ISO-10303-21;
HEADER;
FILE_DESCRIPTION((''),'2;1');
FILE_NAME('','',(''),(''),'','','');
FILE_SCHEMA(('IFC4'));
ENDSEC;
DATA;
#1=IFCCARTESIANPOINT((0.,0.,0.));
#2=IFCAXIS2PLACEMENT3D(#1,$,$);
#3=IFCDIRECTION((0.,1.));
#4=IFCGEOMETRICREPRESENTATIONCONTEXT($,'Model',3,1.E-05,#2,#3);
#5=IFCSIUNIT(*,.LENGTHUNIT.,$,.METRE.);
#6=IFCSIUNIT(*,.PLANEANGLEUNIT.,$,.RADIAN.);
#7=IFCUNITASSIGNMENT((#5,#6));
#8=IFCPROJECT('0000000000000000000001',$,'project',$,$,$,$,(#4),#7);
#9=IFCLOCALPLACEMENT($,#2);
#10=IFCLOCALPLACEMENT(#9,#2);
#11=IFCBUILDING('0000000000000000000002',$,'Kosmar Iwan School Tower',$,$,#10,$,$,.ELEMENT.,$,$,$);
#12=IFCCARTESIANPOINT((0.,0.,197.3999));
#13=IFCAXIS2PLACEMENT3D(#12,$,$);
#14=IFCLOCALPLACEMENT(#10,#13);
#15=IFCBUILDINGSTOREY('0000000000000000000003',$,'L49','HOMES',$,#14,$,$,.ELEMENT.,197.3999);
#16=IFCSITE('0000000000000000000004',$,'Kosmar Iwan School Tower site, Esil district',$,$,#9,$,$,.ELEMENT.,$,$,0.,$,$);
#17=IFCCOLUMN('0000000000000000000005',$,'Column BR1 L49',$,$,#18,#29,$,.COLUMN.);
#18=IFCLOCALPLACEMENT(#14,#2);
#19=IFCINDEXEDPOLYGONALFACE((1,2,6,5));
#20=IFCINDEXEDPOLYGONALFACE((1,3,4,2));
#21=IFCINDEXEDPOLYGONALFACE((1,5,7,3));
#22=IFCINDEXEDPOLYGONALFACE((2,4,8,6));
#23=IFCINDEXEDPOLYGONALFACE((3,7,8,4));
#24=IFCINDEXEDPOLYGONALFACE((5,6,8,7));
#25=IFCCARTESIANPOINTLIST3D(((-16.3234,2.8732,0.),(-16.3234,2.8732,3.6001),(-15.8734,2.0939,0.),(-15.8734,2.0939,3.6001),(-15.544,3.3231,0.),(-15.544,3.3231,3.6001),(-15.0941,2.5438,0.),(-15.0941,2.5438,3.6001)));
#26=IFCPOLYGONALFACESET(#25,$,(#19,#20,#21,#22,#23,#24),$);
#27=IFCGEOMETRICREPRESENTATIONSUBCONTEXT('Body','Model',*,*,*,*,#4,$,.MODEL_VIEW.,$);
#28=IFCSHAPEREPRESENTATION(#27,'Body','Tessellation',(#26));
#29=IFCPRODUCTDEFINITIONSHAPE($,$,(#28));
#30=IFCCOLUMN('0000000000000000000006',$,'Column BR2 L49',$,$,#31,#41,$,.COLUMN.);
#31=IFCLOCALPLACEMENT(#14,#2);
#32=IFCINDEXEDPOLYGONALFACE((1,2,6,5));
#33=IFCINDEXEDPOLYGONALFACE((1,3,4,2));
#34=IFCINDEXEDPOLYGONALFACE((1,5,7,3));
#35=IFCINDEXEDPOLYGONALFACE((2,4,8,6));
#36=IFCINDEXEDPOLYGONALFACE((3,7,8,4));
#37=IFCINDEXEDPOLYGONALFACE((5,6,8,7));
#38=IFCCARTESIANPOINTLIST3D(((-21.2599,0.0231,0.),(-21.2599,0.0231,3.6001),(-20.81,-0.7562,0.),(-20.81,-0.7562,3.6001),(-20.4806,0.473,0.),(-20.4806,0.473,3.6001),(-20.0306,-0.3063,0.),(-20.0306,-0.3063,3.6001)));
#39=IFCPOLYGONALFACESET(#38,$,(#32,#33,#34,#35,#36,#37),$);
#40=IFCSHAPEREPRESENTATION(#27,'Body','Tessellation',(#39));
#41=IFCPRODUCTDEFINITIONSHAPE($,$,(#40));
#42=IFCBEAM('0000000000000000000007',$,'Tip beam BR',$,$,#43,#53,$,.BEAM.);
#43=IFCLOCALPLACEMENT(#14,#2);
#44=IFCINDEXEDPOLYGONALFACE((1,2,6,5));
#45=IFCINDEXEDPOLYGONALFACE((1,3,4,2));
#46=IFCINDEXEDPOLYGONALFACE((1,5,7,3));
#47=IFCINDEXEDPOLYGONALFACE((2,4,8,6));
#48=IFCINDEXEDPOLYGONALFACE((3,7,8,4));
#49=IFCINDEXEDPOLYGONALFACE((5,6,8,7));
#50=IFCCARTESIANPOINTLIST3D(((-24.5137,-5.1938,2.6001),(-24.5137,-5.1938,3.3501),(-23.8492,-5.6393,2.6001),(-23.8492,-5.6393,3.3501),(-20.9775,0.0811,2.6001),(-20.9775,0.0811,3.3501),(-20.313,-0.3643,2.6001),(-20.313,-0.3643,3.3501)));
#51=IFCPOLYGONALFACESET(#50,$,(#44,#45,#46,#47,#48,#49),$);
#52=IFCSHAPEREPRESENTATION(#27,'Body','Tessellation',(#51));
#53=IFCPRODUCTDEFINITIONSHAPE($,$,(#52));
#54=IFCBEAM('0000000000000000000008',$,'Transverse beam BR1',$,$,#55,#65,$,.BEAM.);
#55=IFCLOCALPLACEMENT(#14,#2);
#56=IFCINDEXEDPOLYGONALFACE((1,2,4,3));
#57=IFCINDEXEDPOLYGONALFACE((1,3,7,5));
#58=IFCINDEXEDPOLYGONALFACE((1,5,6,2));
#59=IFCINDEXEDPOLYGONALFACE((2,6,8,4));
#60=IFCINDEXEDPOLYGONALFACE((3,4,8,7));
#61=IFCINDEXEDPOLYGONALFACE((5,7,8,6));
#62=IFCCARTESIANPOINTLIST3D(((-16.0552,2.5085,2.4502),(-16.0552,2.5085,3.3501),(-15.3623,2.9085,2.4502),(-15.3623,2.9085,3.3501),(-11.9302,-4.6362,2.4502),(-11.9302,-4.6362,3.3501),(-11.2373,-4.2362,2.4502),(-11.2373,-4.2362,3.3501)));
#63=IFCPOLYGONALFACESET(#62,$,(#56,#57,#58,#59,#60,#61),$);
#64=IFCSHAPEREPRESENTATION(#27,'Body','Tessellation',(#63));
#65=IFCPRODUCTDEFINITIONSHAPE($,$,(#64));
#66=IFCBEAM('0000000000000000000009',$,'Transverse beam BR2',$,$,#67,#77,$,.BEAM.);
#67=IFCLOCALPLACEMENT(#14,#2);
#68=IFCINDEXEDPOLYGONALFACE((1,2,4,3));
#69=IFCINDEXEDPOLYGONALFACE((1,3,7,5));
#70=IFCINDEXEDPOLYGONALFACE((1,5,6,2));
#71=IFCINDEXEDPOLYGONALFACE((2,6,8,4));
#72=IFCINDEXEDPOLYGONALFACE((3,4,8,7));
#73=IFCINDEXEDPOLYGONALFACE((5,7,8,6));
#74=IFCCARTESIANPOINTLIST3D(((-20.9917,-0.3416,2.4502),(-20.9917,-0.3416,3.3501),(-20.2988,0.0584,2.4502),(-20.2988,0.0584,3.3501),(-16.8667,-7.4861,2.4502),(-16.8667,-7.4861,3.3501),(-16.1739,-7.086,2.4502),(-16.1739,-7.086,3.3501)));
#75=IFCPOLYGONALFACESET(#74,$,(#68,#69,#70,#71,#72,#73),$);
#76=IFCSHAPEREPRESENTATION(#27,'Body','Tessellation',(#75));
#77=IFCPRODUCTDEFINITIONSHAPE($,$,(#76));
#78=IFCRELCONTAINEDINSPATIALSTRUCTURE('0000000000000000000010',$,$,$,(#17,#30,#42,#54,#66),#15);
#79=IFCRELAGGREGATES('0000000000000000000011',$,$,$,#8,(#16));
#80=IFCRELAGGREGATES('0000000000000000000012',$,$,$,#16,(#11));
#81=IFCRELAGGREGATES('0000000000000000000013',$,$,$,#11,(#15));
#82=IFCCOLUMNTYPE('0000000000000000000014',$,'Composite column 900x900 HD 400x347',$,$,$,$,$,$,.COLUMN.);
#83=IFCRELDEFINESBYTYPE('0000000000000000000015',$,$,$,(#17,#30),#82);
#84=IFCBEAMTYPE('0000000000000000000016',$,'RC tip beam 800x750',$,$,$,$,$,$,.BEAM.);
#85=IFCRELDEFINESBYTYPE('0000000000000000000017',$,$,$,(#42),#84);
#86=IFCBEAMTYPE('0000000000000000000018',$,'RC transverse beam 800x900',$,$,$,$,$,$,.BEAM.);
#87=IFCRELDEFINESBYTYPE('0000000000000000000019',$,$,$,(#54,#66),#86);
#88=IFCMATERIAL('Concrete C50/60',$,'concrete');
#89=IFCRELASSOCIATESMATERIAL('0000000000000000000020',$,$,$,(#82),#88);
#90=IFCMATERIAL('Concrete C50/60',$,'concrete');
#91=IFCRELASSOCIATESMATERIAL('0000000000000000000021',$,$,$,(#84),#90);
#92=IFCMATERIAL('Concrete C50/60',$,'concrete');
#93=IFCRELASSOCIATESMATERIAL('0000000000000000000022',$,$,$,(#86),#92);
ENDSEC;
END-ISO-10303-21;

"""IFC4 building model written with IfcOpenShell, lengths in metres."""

from ifc_helpers import new_model, si_unit, direction, frame, origin, origin_2d, place, context, subcontext, project, spatial, rectangle, extrude, material, material_profile, profile_set, type_object, element, save


model = new_model("IFC4")

# Units and contexts
model_context = context("Model", 3, precision=1e-05, world=origin(), true_north=direction((0.0, 1.0)))
body_context = subcontext(model_context, "Body", "Model", "MODEL_VIEW")
ifc_project = project(units=[si_unit("LENGTHUNIT", "METRE"), si_unit("PLANEANGLEUNIT", "RADIAN")], contexts=[model_context])

# Site, building, storey
site_placement = place(None, origin())
site = spatial("IfcSite", under=ifc_project, at=site_placement, Name="Kosmar Iwan School Tower site, Esil district", CompositionType="ELEMENT", RefElevation=0.0)
building_placement = place(site_placement, origin())
building = spatial("IfcBuilding", under=site, at=building_placement, Name="Kosmar Iwan School Tower", CompositionType="ELEMENT")
storey_placement = place(building_placement, frame((0.0, 0.0, 197.3999)))
storey = spatial("IfcBuildingStorey", under=building, at=storey_placement, Name="L49", Description="HOMES", CompositionType="ELEMENT", Elevation=197.3999)

# Columns
ifc_material_1 = material(Name="Concrete C50/60", Category="concrete")
ifc_material_profile_1 = material_profile(ifc_material_1, rectangle(XDim=0.8999, YDim=0.8999, at=origin_2d()), Name="RC 900x900 + HD 400x347")
ifc_profile_set_1 = profile_set([ifc_material_profile_1], Name="Concrete C50/60")
column_type = type_object("IfcColumnType", Name="Composite column 900x900 HD 400x347", PredefinedType="COLUMN", material=ifc_profile_set_1)
for number, where, z_axis, x_axis, name in (
    (1, (-15.7087, 2.7085, 0.0), (0.0, 0.0, 1.0), (-0.866025, -0.5, 0.0), "Column BR1 L49"),
    (2, (-20.6453, -0.1416, 0.0), (0.0, 0.0, 1.0), (-0.866025, -0.5, 0.0), "Column BR2 L49"),
):
    element("IfcColumn", number, at=place(storey_placement, frame(where, z_axis=z_axis, x_axis=x_axis)), inside=storey, type_object=column_type, Name=name, PredefinedType="COLUMN", context=body_context, shape_type="SweptSolid", body=[
        extrude(rectangle(XDim=0.8999, YDim=0.8999, at=origin_2d()), origin(), (0.0, 0.0, 1.0), 3.6001),
    ])

# Beams
ifc_material_2 = material(Name="Concrete C50/60", Category="concrete")
ifc_material_profile_2 = material_profile(ifc_material_2, rectangle(XDim=0.8, YDim=0.75, at=origin_2d()), Name="RC 800x750")
ifc_profile_set_2 = profile_set([ifc_material_profile_2], Name="Concrete C50/60")
beam_type_1 = type_object("IfcBeamType", Name="RC tip beam 800x750", PredefinedType="BEAM", material=ifc_profile_set_2)
beam_1_placement = place(storey_placement, frame((-20.6453, -0.1416, 2.9751), z_axis=(-0.556828, -0.830628, 0.0), x_axis=(0.830628, -0.556828, 0.0)))
element("IfcBeam", 3, at=beam_1_placement, inside=storey, type_object=beam_type_1, Name="Tip beam BR", PredefinedType="BEAM", context=body_context, shape_type="SweptSolid", body=[
    extrude(rectangle(XDim=0.8, YDim=0.75, at=origin_2d()), origin(), (0.0, 0.0, 1.0), 6.3506),
])
ifc_material_3 = material(Name="Concrete C50/60", Category="concrete")
ifc_material_profile_3 = material_profile(ifc_material_3, rectangle(XDim=0.8, YDim=0.8999, at=origin_2d()), Name="RC 800x900")
ifc_profile_set_3 = profile_set([ifc_material_profile_3], Name="Concrete C50/60")
beam_type_2 = type_object("IfcBeamType", Name="RC transverse beam 800x900", PredefinedType="BEAM", material=ifc_profile_set_3)
beam_2_placement = place(storey_placement, frame((-15.7087, 2.7085, 2.9001), z_axis=(0.499997, -0.866027, 0.0), x_axis=(0.866027, 0.499997, 0.0)))
element("IfcBeam", 4, at=beam_2_placement, inside=storey, type_object=beam_type_2, Name="Transverse beam BR1", PredefinedType="BEAM", context=body_context, shape_type="SweptSolid", body=[
    extrude(rectangle(XDim=0.8, YDim=0.8999, at=origin_2d()), origin(), (0.0, 0.0, 1.0), 8.25),
])
beam_3_placement = place(storey_placement, frame((-20.6453, -0.1416, 2.9001), z_axis=(0.500009, -0.86602, 0.0), x_axis=(0.86602, 0.500009, 0.0)))
element("IfcBeam", 5, at=beam_3_placement, inside=storey, type_object=beam_type_2, Name="Transverse beam BR2", PredefinedType="BEAM", context=body_context, shape_type="SweptSolid", body=[
    extrude(rectangle(XDim=0.8, YDim=0.8999, at=origin_2d()), origin(), (0.0, 0.0, 1.0), 8.2498),
])

save(model, "model.ifc")
